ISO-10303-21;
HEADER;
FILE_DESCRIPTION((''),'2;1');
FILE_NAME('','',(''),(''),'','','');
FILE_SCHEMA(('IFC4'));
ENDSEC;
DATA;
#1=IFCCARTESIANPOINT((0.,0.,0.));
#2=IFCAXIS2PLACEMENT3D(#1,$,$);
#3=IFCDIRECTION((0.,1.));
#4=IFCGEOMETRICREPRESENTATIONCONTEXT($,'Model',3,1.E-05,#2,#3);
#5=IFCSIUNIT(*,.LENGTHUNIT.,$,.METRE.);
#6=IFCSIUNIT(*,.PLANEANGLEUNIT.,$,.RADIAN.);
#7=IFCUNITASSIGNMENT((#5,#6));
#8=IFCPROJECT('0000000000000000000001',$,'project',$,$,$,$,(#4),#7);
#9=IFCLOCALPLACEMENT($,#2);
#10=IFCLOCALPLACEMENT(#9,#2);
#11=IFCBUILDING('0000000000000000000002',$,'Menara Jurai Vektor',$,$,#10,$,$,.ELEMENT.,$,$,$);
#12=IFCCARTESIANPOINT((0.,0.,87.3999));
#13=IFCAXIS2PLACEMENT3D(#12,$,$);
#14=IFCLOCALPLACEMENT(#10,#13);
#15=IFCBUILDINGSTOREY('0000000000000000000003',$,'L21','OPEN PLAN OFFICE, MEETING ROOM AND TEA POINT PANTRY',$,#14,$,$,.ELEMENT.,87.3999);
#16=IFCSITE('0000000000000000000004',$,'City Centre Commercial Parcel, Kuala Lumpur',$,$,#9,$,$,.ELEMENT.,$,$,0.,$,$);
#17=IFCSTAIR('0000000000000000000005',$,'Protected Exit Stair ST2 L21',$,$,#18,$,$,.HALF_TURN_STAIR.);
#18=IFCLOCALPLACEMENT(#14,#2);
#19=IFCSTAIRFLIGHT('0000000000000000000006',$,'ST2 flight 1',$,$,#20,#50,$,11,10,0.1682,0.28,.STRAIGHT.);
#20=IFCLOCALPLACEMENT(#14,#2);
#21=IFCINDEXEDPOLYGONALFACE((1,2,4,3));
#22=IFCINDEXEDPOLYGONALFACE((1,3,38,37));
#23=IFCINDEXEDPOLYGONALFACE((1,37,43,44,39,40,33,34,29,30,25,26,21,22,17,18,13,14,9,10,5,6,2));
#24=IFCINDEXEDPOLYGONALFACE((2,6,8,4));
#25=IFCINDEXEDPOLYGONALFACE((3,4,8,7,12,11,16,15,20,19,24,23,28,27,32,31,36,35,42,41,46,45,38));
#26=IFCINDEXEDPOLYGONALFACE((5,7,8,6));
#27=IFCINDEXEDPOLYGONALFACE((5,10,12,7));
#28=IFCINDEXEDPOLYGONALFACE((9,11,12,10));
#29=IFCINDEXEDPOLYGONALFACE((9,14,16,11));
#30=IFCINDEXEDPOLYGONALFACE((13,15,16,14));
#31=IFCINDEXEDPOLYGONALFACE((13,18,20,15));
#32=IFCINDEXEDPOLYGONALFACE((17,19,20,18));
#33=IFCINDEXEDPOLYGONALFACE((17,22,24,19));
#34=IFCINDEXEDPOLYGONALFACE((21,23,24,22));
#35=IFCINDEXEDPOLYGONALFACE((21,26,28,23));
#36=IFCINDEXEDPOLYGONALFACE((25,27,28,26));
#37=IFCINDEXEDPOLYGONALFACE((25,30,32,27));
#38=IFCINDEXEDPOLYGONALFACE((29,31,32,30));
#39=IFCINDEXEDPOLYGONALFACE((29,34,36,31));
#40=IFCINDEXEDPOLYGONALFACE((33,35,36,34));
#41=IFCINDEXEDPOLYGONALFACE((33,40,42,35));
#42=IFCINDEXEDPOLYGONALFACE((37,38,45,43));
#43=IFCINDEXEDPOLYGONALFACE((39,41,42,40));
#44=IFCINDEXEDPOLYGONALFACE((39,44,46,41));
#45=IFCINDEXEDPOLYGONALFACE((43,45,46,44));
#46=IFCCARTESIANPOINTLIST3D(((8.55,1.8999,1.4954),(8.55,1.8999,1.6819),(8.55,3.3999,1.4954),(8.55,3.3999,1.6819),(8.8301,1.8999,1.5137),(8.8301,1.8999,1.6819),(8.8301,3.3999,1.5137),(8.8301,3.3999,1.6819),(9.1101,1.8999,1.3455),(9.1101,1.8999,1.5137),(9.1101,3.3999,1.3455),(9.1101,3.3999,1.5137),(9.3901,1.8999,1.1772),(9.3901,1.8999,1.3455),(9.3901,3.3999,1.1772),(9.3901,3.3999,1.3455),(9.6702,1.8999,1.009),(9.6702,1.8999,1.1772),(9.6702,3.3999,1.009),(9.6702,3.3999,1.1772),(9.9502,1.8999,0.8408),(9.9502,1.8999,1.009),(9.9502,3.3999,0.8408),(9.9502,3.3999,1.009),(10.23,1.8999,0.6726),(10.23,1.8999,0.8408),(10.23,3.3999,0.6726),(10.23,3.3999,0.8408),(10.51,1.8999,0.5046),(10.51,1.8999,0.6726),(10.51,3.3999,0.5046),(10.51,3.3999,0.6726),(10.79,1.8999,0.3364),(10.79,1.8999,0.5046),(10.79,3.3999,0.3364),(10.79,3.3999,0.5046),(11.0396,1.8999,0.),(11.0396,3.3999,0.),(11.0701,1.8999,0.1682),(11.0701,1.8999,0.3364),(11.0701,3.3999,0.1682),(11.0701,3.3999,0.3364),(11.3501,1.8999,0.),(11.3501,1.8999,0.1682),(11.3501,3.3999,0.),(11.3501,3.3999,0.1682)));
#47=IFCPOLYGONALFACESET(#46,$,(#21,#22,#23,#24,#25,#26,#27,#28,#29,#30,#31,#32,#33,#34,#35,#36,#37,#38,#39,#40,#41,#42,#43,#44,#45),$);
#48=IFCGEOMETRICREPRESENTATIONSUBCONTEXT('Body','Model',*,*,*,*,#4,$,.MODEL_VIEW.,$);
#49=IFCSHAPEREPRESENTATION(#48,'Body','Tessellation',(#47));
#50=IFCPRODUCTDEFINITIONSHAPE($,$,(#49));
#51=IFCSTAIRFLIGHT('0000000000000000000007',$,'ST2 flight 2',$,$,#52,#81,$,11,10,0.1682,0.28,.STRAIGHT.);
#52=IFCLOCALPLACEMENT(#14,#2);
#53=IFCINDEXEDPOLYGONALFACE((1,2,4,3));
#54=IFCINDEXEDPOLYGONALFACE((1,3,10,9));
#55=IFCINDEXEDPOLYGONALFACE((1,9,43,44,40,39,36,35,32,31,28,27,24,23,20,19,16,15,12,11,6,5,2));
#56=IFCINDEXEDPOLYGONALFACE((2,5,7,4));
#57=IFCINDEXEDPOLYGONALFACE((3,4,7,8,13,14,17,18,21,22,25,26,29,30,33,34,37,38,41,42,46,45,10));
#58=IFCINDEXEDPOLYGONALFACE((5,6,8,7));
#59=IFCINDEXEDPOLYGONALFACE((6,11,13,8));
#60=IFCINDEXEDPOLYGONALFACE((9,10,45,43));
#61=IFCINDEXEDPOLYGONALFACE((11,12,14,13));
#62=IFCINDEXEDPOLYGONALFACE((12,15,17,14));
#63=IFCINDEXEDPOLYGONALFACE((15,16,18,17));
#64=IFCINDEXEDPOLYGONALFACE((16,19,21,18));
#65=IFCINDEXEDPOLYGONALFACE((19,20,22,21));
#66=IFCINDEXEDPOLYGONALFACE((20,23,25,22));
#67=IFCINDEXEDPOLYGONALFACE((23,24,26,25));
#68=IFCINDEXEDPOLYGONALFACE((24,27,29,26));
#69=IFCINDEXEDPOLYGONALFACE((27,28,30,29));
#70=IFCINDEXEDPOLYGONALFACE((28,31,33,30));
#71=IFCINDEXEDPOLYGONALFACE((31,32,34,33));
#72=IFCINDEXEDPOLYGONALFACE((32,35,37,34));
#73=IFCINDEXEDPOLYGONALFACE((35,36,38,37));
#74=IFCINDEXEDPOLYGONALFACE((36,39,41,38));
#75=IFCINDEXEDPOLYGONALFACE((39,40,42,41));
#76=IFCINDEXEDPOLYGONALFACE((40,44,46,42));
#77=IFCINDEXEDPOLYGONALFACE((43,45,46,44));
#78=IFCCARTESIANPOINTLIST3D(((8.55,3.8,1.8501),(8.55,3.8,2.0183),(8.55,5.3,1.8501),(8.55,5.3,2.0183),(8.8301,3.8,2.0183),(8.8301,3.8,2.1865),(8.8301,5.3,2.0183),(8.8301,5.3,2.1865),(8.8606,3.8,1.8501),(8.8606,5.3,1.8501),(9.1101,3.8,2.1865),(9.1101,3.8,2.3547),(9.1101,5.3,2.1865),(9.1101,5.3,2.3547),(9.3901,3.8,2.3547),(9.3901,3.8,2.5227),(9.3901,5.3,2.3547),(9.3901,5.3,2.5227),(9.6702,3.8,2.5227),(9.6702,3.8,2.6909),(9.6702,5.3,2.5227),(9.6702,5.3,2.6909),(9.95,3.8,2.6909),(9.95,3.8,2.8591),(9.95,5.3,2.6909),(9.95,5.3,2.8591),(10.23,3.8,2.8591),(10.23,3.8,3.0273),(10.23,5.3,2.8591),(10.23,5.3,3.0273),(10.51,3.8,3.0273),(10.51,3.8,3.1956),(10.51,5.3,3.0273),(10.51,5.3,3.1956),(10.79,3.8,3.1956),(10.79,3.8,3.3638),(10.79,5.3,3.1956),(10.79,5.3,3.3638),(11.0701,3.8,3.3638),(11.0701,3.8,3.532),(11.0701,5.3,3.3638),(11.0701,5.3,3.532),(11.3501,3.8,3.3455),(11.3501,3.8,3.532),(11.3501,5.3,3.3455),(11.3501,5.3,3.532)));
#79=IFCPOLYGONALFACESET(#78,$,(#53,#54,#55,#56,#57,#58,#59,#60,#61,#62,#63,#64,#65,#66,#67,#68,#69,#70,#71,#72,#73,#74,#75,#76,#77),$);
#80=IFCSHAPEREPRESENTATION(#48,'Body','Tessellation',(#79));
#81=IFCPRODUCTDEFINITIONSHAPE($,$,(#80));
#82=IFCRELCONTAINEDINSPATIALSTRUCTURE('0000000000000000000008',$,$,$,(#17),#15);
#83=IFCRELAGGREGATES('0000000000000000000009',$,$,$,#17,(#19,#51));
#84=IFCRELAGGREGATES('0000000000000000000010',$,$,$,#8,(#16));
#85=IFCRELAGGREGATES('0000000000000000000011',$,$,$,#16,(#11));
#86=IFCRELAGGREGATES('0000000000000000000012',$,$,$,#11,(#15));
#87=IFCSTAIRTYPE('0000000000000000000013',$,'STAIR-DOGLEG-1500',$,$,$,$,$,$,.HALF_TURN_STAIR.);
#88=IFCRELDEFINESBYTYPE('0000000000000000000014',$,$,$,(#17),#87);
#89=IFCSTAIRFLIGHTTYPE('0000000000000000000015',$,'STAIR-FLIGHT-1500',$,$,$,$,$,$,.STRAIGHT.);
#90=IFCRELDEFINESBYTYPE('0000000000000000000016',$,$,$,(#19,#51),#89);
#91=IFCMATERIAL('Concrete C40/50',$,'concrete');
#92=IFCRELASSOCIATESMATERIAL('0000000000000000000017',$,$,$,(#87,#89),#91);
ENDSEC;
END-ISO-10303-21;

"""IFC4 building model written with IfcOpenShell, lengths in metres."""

from ifc_helpers import new_model, si_unit, direction, frame, origin, place, context, subcontext, project, spatial, polyline, outline, extrude, material, type_object, element, aggregate, save


model = new_model("IFC4")

# Units and contexts
model_context = context("Model", 3, precision=1e-05, world=origin(), true_north=direction((0.0, 1.0)))
body_context = subcontext(model_context, "Body", "Model", "MODEL_VIEW")
ifc_project = project(units=[si_unit("LENGTHUNIT", "METRE"), si_unit("PLANEANGLEUNIT", "RADIAN")], contexts=[model_context])

# Site, building, storey
site_placement = place(None, origin())
site = spatial("IfcSite", under=ifc_project, at=site_placement, Name="City Centre Commercial Parcel, Kuala Lumpur", CompositionType="ELEMENT", RefElevation=0.0)
building_placement = place(site_placement, origin())
building = spatial("IfcBuilding", under=site, at=building_placement, Name="Menara Jurai Vektor", CompositionType="ELEMENT")
storey_placement = place(building_placement, frame((0.0, 0.0, 87.3999)))
storey = spatial("IfcBuildingStorey", under=building, at=storey_placement, Name="L21", Description="OPEN PLAN OFFICE, MEETING ROOM AND TEA POINT PANTRY", CompositionType="ELEMENT", Elevation=87.3999)

# Shared definitions
ifc_material_1 = material(Name="Concrete C40/50", Category="concrete")

# Stair, stair flights
stair_type = type_object("IfcStairType", Name="STAIR-DOGLEG-1500", PredefinedType="HALF_TURN_STAIR", material=ifc_material_1)
stair_placement = place(storey_placement, origin())
stair = element("IfcStair", 1, at=stair_placement, inside=storey, type_object=stair_type, Name="Protected Exit Stair ST2 L21", PredefinedType="HALF_TURN_STAIR")
stair_flight_type = type_object("IfcStairFlightType", Name="STAIR-FLIGHT-1500", PredefinedType="STRAIGHT", material=ifc_material_1)
stair_flight_1_placement = place(storey_placement, frame((11.3501, 2.6499, 0.0), z_axis=(0.0, 0.0, 1.0), x_axis=(-1.0, 0.0, 0.0)))
stair_flight_1 = element("IfcStairFlight", 2, at=stair_flight_1_placement, type_object=stair_flight_type, Name="ST2 flight 1", NumberOfRisers=11, NumberOfTreads=10, PredefinedType="STRAIGHT", RiserHeight=0.1682, TreadLength=0.28, context=body_context, shape_type="SweptSolid", body=[
    extrude(outline(polyline([(0.0, 0.0), (0.0, 0.1682), (0.28, 0.1682), (0.28, 0.3364), (0.5601, 0.3364), (0.5601, 0.5046), (0.8401, 0.5046), (0.8401, 0.6726), (1.1201, 0.6726), (1.1201, 0.8408), (1.3999, 0.8408), (1.3999, 1.009), (1.6799, 1.009), (1.6799, 1.1772), (1.96, 1.1772), (1.96, 1.3455), (2.24, 1.3455), (2.24, 1.5137), (2.52, 1.5137), (2.52, 1.6819), (2.8, 1.6819), (2.8, 1.8501), (2.8, 1.4954), (0.3105, 0.0), (0.0, 0.0)])), frame((0.0, 0.75, 0.0), z_axis=(0.0, -1.0, 0.0), x_axis=(1.0, 0.0, 0.0)), (0.0, 0.0, 1.0), 1.5),
])
stair_flight_2_placement = place(storey_placement, frame((8.55, 4.55, 1.8501), z_axis=(0.0, 0.0, 1.0), x_axis=(1.0, 0.0, 0.0)))
stair_flight_2 = element("IfcStairFlight", 3, at=stair_flight_2_placement, type_object=stair_flight_type, Name="ST2 flight 2", NumberOfRisers=11, NumberOfTreads=10, PredefinedType="STRAIGHT", RiserHeight=0.1682, TreadLength=0.28, context=body_context, shape_type="SweptSolid", body=[
    extrude(outline(polyline([(0.0, 0.0), (0.0, 0.1682), (0.28, 0.1682), (0.28, 0.3364), (0.5601, 0.3364), (0.5601, 0.5046), (0.8401, 0.5046), (0.8401, 0.6726), (1.1201, 0.6726), (1.1201, 0.8408), (1.3999, 0.8408), (1.3999, 1.009), (1.6799, 1.009), (1.6799, 1.1772), (1.96, 1.1772), (1.96, 1.3455), (2.24, 1.3455), (2.24, 1.5137), (2.52, 1.5137), (2.52, 1.6819), (2.8, 1.6819), (2.8, 1.8501), (2.8, 1.4954), (0.3105, 0.0), (0.0, 0.0)])), frame((0.0, 0.75, 0.0), z_axis=(0.0, -1.0, 0.0), x_axis=(1.0, 0.0, 0.0)), (0.0, 0.0, 1.0), 1.5),
])
aggregate(stair, [stair_flight_1, stair_flight_2])

save(model, "model.ifc")
